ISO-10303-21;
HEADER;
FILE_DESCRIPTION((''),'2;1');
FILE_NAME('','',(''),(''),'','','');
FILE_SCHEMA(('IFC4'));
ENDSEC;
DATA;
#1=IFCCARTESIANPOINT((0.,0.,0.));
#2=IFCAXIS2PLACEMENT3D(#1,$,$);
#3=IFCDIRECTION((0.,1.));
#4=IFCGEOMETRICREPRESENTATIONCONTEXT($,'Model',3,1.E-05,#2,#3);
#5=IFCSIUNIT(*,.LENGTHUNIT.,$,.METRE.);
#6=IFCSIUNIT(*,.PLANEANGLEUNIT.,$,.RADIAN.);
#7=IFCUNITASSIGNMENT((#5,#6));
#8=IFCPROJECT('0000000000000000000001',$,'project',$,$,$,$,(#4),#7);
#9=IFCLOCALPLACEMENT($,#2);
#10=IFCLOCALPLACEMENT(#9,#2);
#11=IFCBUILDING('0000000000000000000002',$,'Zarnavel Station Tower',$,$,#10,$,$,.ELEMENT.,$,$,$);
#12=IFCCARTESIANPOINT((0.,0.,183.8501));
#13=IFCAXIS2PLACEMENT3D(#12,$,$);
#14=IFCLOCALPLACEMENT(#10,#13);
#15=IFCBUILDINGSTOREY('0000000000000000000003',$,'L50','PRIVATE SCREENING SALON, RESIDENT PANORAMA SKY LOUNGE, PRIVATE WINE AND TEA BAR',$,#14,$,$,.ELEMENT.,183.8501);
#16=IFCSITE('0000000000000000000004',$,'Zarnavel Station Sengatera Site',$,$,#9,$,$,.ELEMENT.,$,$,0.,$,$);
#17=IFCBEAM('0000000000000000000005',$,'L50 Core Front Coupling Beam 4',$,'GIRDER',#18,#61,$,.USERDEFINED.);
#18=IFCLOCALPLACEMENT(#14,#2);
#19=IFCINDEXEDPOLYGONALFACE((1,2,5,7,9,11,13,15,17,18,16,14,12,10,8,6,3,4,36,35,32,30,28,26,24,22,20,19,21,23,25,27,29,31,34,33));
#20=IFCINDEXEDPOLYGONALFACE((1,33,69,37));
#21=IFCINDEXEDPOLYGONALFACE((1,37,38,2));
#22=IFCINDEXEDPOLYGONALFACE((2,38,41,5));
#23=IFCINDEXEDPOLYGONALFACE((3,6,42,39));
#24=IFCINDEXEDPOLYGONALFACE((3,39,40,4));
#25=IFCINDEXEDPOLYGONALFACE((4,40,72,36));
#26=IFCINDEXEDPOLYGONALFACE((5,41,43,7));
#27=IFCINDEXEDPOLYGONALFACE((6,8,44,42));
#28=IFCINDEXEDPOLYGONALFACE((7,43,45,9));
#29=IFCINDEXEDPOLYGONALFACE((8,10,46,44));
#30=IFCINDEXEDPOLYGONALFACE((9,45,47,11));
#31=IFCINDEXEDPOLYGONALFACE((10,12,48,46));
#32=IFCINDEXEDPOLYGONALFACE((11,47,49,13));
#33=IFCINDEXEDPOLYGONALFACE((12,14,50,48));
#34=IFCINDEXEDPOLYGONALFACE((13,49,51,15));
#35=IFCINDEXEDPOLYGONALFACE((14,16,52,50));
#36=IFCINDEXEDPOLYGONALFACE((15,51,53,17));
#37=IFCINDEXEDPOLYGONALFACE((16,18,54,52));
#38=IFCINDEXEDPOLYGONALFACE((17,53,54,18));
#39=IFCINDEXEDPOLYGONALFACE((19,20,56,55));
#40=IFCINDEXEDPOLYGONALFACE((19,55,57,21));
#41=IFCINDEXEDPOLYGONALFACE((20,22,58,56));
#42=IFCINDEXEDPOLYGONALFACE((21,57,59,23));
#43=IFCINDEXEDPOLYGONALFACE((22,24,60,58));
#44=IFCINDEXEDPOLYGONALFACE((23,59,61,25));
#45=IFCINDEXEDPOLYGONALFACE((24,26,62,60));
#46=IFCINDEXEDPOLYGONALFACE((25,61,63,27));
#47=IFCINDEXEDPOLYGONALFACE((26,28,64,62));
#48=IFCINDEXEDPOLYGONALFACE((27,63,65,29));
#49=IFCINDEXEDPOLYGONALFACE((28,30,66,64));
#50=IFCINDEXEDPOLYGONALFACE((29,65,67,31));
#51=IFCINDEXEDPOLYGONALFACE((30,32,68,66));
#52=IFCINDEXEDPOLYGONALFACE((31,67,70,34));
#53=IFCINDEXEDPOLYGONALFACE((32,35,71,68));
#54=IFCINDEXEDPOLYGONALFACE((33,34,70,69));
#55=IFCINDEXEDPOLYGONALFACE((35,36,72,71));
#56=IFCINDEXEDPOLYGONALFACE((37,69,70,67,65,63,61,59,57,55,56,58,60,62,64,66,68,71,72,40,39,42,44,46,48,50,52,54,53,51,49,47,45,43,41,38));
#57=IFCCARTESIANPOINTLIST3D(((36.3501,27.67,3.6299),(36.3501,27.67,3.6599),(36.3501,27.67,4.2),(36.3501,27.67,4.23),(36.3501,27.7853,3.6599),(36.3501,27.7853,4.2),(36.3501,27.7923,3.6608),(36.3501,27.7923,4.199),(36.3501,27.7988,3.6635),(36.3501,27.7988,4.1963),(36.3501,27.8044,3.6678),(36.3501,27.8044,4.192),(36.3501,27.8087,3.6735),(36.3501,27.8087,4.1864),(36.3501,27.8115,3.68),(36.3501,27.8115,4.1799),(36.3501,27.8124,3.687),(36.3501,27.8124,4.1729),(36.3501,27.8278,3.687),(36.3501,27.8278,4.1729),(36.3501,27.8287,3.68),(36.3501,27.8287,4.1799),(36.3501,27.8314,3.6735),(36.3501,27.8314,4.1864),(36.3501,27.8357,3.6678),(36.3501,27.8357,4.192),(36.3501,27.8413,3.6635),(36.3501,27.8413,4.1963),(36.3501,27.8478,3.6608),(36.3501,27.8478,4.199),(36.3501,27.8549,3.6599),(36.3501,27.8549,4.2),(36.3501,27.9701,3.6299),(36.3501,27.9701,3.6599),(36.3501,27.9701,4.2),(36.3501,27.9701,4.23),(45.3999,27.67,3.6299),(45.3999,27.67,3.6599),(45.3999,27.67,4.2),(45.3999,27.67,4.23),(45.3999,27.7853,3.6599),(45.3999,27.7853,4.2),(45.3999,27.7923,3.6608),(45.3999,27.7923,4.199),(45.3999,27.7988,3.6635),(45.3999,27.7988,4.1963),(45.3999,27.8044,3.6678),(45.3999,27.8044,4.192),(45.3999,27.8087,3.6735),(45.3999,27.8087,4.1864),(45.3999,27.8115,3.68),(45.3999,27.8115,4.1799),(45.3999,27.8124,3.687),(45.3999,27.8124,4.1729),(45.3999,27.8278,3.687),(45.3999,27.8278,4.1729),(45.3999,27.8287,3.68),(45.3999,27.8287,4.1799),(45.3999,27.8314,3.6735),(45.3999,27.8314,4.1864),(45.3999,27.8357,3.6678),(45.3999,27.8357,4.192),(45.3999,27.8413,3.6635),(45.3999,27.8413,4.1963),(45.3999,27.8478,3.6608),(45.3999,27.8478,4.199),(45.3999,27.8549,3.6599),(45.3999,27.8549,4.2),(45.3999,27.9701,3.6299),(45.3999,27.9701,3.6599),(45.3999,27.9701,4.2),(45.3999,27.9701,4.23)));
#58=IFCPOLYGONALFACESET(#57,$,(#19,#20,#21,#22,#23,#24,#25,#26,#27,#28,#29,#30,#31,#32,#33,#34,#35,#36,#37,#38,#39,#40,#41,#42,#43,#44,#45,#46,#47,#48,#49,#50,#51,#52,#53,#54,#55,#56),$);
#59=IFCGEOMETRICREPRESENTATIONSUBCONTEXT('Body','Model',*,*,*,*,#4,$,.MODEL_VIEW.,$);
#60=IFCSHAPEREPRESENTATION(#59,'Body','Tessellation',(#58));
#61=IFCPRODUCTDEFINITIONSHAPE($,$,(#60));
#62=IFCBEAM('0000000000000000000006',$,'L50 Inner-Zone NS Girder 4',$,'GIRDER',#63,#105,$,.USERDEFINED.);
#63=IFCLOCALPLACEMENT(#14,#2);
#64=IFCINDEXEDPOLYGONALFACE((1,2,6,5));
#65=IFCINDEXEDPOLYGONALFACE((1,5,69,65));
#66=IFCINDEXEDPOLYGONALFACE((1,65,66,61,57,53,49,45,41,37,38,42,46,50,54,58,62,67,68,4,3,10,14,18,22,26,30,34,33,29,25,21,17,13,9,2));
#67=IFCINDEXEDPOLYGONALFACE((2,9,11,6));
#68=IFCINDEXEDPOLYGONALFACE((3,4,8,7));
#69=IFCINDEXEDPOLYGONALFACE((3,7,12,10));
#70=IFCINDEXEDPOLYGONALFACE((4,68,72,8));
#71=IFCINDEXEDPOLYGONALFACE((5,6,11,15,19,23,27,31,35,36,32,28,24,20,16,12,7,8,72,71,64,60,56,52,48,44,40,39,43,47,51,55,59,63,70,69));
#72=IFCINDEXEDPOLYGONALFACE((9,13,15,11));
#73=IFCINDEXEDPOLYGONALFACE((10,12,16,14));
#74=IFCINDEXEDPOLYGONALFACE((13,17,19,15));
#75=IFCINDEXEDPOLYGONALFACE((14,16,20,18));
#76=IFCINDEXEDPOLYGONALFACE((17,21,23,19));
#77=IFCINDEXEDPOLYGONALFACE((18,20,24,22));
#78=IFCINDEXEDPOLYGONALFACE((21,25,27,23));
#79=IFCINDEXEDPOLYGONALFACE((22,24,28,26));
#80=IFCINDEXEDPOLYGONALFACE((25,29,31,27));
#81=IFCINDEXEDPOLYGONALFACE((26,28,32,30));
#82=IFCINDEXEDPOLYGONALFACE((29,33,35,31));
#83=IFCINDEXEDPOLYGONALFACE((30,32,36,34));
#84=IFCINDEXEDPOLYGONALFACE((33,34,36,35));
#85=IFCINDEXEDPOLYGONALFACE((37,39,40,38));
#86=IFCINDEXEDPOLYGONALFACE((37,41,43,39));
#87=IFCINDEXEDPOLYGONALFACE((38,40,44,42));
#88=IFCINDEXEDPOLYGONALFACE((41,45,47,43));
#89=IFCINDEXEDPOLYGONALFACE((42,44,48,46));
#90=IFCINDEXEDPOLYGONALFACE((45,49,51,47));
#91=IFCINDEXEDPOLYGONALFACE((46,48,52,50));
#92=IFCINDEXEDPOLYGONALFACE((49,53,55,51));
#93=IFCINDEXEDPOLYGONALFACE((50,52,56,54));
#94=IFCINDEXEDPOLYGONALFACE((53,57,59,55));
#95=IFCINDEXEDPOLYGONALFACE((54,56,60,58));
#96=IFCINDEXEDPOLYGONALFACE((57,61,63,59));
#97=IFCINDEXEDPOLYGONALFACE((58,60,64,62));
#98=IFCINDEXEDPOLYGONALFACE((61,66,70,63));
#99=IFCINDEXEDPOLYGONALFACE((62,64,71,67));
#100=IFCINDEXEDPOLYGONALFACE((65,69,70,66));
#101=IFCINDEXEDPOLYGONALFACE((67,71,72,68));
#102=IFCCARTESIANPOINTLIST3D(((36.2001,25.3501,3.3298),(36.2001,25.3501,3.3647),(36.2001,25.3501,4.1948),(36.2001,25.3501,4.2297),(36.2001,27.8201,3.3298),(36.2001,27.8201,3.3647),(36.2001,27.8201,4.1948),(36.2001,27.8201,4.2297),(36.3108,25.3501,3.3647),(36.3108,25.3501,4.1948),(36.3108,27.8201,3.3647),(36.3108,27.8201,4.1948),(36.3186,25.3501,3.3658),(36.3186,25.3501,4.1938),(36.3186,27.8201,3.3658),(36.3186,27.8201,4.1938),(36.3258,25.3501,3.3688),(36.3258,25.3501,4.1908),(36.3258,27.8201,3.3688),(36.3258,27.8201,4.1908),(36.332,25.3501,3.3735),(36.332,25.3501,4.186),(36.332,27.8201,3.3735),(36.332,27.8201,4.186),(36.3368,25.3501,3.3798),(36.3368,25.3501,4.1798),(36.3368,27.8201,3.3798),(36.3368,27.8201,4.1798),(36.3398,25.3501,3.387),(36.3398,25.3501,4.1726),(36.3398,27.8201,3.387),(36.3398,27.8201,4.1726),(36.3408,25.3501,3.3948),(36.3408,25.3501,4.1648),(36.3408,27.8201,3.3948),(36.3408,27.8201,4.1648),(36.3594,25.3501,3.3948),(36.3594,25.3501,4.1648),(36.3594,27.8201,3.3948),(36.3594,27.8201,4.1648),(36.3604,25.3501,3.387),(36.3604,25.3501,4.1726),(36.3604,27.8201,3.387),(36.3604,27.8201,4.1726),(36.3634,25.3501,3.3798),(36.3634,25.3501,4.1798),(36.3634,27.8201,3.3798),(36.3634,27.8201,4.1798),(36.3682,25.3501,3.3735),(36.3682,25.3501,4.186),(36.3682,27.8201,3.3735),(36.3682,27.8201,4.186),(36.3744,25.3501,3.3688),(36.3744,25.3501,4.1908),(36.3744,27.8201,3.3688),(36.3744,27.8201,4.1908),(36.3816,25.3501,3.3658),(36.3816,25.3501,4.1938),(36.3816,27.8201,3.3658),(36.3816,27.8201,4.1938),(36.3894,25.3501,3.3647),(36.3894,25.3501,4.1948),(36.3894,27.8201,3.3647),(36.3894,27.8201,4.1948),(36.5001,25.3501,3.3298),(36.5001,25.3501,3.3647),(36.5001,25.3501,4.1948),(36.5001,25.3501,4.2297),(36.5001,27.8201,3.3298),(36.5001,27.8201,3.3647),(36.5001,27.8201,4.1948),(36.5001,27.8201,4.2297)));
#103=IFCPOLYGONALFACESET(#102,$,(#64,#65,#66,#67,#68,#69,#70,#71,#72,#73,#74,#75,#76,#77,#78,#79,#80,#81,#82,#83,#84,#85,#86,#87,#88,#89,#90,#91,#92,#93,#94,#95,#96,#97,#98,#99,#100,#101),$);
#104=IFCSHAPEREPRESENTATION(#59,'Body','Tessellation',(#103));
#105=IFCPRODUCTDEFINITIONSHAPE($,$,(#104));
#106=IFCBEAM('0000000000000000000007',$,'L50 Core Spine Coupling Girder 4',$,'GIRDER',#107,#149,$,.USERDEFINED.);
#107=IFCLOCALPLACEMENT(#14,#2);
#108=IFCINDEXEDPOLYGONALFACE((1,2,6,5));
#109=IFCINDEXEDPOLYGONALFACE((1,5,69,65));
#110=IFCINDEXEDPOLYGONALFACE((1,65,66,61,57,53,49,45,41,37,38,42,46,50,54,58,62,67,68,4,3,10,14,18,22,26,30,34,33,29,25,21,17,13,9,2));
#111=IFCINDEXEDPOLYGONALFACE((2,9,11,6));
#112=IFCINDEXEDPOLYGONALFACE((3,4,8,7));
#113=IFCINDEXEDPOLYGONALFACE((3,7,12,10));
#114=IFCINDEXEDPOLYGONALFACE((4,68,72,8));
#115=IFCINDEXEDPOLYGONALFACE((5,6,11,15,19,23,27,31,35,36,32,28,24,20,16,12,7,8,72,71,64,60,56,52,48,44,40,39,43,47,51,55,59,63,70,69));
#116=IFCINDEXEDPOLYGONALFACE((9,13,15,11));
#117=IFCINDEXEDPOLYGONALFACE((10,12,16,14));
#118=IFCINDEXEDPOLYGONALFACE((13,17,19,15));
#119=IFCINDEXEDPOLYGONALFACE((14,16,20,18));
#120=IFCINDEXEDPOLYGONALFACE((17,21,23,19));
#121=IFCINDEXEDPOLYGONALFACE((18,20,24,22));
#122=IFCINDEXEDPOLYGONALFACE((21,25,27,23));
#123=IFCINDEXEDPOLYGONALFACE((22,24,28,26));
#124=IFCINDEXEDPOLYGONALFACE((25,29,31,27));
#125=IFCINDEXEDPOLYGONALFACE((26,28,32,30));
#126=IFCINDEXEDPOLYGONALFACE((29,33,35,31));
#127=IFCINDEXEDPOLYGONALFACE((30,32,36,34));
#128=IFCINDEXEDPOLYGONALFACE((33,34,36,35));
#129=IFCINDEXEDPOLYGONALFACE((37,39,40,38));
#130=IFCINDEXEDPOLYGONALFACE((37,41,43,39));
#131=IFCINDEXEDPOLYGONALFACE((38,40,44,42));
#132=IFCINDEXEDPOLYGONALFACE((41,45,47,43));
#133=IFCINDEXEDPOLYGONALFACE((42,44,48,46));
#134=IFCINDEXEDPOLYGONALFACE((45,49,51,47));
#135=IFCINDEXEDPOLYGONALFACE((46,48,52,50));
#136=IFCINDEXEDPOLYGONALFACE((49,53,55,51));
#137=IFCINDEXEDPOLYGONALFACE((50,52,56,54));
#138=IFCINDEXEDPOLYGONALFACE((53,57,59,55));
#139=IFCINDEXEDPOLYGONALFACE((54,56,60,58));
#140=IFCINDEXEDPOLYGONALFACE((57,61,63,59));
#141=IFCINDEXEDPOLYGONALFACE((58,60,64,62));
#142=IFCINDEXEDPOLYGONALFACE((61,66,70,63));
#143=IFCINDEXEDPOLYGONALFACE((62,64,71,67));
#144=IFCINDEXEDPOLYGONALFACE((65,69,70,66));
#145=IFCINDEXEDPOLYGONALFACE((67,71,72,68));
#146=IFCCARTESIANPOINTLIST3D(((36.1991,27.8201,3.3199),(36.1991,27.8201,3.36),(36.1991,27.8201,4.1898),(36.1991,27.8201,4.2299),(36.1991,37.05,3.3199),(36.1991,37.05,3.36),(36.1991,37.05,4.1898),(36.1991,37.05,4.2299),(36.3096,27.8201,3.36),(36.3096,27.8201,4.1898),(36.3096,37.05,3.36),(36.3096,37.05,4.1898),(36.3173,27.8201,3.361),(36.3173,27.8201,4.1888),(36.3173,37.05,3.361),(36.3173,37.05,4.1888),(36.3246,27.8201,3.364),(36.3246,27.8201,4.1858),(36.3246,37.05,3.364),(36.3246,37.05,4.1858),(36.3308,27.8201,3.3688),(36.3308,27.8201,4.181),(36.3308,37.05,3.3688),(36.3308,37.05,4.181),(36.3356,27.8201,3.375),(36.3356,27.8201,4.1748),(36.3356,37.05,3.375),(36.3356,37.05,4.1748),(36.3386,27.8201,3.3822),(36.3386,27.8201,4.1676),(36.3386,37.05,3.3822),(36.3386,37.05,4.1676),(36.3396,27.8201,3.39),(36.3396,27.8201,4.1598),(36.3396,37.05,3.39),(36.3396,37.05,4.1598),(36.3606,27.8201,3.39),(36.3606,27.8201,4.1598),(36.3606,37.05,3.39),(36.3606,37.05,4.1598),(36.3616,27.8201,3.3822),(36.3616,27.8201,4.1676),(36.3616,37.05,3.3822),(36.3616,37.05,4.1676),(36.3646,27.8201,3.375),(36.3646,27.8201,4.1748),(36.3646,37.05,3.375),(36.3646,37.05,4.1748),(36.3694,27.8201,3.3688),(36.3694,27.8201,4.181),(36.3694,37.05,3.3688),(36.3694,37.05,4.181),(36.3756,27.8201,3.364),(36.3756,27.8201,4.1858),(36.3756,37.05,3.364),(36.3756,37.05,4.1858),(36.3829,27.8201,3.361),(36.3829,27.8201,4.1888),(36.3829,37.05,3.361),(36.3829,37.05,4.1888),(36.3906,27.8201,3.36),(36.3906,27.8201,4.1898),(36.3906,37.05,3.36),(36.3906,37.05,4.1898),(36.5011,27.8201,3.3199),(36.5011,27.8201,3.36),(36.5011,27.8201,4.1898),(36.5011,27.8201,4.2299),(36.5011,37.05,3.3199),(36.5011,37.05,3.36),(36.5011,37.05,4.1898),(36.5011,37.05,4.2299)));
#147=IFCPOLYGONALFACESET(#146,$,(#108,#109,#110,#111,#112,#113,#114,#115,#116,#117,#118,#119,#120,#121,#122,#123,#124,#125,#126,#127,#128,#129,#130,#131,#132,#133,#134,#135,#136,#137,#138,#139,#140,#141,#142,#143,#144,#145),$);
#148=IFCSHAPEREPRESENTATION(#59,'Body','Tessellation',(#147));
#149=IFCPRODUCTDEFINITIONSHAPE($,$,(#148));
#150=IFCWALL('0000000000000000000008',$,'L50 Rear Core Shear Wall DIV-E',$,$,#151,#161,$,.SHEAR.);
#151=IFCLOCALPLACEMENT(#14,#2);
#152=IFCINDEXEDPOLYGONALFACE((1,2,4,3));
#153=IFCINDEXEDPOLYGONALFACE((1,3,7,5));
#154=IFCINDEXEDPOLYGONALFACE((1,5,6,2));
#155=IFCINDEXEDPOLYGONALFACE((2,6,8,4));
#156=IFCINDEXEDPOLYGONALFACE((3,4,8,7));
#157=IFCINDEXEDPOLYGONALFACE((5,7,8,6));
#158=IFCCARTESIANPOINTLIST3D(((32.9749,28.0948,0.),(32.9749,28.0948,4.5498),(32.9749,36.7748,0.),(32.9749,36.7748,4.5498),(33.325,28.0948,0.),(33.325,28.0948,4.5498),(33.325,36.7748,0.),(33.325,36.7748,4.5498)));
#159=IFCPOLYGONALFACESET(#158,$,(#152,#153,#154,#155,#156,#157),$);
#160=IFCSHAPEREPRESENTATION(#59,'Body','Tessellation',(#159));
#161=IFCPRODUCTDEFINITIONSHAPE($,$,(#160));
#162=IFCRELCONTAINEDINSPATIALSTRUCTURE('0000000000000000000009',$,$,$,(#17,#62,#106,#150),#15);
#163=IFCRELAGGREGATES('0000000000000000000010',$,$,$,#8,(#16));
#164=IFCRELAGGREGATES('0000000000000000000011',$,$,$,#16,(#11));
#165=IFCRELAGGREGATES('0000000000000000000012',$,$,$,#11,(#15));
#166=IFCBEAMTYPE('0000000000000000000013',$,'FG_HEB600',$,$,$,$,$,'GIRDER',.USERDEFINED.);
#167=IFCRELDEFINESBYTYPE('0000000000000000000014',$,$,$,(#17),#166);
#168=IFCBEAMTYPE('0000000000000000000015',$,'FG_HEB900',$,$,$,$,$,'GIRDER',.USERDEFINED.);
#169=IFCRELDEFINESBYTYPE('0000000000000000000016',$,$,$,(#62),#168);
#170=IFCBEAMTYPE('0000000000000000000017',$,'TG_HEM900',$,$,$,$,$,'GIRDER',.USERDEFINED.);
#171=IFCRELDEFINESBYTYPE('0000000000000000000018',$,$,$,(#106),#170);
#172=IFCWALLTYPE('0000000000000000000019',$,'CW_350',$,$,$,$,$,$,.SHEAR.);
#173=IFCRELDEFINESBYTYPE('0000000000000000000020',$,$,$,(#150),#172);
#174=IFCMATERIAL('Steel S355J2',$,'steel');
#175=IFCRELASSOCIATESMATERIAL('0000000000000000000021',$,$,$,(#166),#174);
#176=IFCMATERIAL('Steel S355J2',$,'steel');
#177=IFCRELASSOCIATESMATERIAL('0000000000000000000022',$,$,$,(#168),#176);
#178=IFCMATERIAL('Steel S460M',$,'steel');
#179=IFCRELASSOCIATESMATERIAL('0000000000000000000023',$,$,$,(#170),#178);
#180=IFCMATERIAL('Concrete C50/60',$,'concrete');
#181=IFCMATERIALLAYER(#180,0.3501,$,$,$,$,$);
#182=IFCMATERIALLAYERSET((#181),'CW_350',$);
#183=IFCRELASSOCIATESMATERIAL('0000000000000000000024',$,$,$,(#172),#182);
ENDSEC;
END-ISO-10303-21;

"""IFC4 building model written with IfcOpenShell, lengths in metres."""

from ifc_helpers import new_model, si_unit, direction, frame, frame_2d, origin, origin_2d, place, context, subcontext, project, spatial, rectangle, i_section, extrude, material, layer, layer_set, material_profile, profile_set, type_object, element, save


model = new_model("IFC4")

# Units and contexts
model_context = context("Model", 3, precision=1e-05, world=origin(), true_north=direction((0.0, 1.0)))
body_context = subcontext(model_context, "Body", "Model", "MODEL_VIEW")
ifc_project = project(units=[si_unit("LENGTHUNIT", "METRE"), si_unit("PLANEANGLEUNIT", "RADIAN")], contexts=[model_context])

# Site, building, storey
site_placement = place(None, origin())
site = spatial("IfcSite", under=ifc_project, at=site_placement, Name="Zarnavel Station Sengatera Site", CompositionType="ELEMENT", RefElevation=0.0)
building_placement = place(site_placement, origin())
building = spatial("IfcBuilding", under=site, at=building_placement, Name="Zarnavel Station Tower", CompositionType="ELEMENT")
storey_placement = place(building_placement, frame((0.0, 0.0, 183.8501)))
storey = spatial("IfcBuildingStorey", under=building, at=storey_placement, Name="L50", Description="PRIVATE SCREENING SALON, RESIDENT PANORAMA SKY LOUNGE, PRIVATE WINE AND TEA BAR", CompositionType="ELEMENT", Elevation=183.8501)

# Beams
ifc_material_1 = material(Name="Steel S355J2", Category="steel")
ifc_material_profile_1 = material_profile(ifc_material_1, i_section(OverallWidth=0.3, OverallDepth=0.6001, WebThickness=0.0154, FlangeThickness=0.03, FilletRadius=0.0271, at=origin_2d()), Name="HEB600")
ifc_profile_set_1 = profile_set([ifc_material_profile_1], Name="Steel S355J2")
beam_type_1 = type_object("IfcBeamType", Name="FG_HEB600", ElementType="GIRDER", PredefinedType="USERDEFINED", material=ifc_profile_set_1)
beam_1_placement = place(storey_placement, frame((36.3501, 27.8201, 3.9299), z_axis=(1.0, 0.0, 0.0), x_axis=(0.0, 1.0, 0.0)))
element("IfcBeam", 1, at=beam_1_placement, inside=storey, type_object=beam_type_1, Name="L50 Core Front Coupling Beam 4", ObjectType="GIRDER", PredefinedType="USERDEFINED", context=body_context, shape_type="SweptSolid", body=[
    extrude(i_section(OverallWidth=0.3, OverallDepth=0.6001, WebThickness=0.0154, FlangeThickness=0.03, FilletRadius=0.0271, at=origin_2d()), origin(), (0.0, 0.0, 1.0), 9.0498),
])
ifc_material_2 = material(Name="Steel S355J2", Category="steel")
ifc_material_profile_2 = material_profile(ifc_material_2, i_section(OverallWidth=0.3, OverallDepth=0.8999, WebThickness=0.0186, FlangeThickness=0.0349, FilletRadius=0.03, at=origin_2d()), Name="HEB900")
ifc_profile_set_2 = profile_set([ifc_material_profile_2], Name="Steel S355J2")
beam_type_2 = type_object("IfcBeamType", Name="FG_HEB900", ElementType="GIRDER", PredefinedType="USERDEFINED", material=ifc_profile_set_2)
beam_2_placement = place(storey_placement, frame((36.3501, 25.3501, 3.7798), z_axis=(0.0, 1.0, 0.0), x_axis=(-1.0, 0.0, 0.0)))
element("IfcBeam", 2, at=beam_2_placement, inside=storey, type_object=beam_type_2, Name="L50 Inner-Zone NS Girder 4", ObjectType="GIRDER", PredefinedType="USERDEFINED", context=body_context, shape_type="SweptSolid", body=[
    extrude(i_section(OverallWidth=0.3, OverallDepth=0.8999, WebThickness=0.0186, FlangeThickness=0.0349, FilletRadius=0.03, at=origin_2d()), origin(), (0.0, 0.0, 1.0), 2.47),
])
ifc_material_3 = material(Name="Steel S460M", Category="steel")
ifc_material_profile_3 = material_profile(ifc_material_3, i_section(OverallWidth=0.302, OverallDepth=0.9099, WebThickness=0.021, FlangeThickness=0.04, FilletRadius=0.03, at=origin_2d()), Name="HEM900")
ifc_profile_set_3 = profile_set([ifc_material_profile_3], Name="Steel S460M")
beam_type_3 = type_object("IfcBeamType", Name="TG_HEM900", ElementType="GIRDER", PredefinedType="USERDEFINED", material=ifc_profile_set_3)
beam_3_placement = place(storey_placement, frame((36.3501, 27.8201, 3.7749), z_axis=(0.0, 1.0, 0.0), x_axis=(-1.0, 0.0, 0.0)))
element("IfcBeam", 3, at=beam_3_placement, inside=storey, type_object=beam_type_3, Name="L50 Core Spine Coupling Girder 4", ObjectType="GIRDER", PredefinedType="USERDEFINED", context=body_context, shape_type="SweptSolid", body=[
    extrude(i_section(OverallWidth=0.302, OverallDepth=0.9099, WebThickness=0.021, FlangeThickness=0.04, FilletRadius=0.03, at=origin_2d()), origin(), (0.0, 0.0, 1.0), 9.23),
])

# Wall
ifc_material_4 = material(Name="Concrete C50/60", Category="concrete")
ifc_layer_1 = layer(ifc_material_4, 0.3501)
ifc_layer_set_1 = layer_set([ifc_layer_1], Name="CW_350")
wall_type_1 = type_object("IfcWallType", Name="CW_350", PredefinedType="SHEAR", material=ifc_layer_set_1)
wall_1_placement = place(storey_placement, frame((33.1499, 28.095, 0.0), z_axis=(0.0, 0.0, 1.0), x_axis=(0.0, 1.0, 0.0)))
element("IfcWall", 4, at=wall_1_placement, inside=storey, type_object=wall_type_1, Name="L50 Rear Core Shear Wall DIV-E", PredefinedType="SHEAR", context=body_context, shape_type="SweptSolid", body=[
    extrude(rectangle(XDim=8.6799, YDim=0.3501, at=frame_2d((4.3398, 0.0))), origin(), (0.0, 0.0, 1.0), 4.5498),
])

save(model, "model.ifc")
